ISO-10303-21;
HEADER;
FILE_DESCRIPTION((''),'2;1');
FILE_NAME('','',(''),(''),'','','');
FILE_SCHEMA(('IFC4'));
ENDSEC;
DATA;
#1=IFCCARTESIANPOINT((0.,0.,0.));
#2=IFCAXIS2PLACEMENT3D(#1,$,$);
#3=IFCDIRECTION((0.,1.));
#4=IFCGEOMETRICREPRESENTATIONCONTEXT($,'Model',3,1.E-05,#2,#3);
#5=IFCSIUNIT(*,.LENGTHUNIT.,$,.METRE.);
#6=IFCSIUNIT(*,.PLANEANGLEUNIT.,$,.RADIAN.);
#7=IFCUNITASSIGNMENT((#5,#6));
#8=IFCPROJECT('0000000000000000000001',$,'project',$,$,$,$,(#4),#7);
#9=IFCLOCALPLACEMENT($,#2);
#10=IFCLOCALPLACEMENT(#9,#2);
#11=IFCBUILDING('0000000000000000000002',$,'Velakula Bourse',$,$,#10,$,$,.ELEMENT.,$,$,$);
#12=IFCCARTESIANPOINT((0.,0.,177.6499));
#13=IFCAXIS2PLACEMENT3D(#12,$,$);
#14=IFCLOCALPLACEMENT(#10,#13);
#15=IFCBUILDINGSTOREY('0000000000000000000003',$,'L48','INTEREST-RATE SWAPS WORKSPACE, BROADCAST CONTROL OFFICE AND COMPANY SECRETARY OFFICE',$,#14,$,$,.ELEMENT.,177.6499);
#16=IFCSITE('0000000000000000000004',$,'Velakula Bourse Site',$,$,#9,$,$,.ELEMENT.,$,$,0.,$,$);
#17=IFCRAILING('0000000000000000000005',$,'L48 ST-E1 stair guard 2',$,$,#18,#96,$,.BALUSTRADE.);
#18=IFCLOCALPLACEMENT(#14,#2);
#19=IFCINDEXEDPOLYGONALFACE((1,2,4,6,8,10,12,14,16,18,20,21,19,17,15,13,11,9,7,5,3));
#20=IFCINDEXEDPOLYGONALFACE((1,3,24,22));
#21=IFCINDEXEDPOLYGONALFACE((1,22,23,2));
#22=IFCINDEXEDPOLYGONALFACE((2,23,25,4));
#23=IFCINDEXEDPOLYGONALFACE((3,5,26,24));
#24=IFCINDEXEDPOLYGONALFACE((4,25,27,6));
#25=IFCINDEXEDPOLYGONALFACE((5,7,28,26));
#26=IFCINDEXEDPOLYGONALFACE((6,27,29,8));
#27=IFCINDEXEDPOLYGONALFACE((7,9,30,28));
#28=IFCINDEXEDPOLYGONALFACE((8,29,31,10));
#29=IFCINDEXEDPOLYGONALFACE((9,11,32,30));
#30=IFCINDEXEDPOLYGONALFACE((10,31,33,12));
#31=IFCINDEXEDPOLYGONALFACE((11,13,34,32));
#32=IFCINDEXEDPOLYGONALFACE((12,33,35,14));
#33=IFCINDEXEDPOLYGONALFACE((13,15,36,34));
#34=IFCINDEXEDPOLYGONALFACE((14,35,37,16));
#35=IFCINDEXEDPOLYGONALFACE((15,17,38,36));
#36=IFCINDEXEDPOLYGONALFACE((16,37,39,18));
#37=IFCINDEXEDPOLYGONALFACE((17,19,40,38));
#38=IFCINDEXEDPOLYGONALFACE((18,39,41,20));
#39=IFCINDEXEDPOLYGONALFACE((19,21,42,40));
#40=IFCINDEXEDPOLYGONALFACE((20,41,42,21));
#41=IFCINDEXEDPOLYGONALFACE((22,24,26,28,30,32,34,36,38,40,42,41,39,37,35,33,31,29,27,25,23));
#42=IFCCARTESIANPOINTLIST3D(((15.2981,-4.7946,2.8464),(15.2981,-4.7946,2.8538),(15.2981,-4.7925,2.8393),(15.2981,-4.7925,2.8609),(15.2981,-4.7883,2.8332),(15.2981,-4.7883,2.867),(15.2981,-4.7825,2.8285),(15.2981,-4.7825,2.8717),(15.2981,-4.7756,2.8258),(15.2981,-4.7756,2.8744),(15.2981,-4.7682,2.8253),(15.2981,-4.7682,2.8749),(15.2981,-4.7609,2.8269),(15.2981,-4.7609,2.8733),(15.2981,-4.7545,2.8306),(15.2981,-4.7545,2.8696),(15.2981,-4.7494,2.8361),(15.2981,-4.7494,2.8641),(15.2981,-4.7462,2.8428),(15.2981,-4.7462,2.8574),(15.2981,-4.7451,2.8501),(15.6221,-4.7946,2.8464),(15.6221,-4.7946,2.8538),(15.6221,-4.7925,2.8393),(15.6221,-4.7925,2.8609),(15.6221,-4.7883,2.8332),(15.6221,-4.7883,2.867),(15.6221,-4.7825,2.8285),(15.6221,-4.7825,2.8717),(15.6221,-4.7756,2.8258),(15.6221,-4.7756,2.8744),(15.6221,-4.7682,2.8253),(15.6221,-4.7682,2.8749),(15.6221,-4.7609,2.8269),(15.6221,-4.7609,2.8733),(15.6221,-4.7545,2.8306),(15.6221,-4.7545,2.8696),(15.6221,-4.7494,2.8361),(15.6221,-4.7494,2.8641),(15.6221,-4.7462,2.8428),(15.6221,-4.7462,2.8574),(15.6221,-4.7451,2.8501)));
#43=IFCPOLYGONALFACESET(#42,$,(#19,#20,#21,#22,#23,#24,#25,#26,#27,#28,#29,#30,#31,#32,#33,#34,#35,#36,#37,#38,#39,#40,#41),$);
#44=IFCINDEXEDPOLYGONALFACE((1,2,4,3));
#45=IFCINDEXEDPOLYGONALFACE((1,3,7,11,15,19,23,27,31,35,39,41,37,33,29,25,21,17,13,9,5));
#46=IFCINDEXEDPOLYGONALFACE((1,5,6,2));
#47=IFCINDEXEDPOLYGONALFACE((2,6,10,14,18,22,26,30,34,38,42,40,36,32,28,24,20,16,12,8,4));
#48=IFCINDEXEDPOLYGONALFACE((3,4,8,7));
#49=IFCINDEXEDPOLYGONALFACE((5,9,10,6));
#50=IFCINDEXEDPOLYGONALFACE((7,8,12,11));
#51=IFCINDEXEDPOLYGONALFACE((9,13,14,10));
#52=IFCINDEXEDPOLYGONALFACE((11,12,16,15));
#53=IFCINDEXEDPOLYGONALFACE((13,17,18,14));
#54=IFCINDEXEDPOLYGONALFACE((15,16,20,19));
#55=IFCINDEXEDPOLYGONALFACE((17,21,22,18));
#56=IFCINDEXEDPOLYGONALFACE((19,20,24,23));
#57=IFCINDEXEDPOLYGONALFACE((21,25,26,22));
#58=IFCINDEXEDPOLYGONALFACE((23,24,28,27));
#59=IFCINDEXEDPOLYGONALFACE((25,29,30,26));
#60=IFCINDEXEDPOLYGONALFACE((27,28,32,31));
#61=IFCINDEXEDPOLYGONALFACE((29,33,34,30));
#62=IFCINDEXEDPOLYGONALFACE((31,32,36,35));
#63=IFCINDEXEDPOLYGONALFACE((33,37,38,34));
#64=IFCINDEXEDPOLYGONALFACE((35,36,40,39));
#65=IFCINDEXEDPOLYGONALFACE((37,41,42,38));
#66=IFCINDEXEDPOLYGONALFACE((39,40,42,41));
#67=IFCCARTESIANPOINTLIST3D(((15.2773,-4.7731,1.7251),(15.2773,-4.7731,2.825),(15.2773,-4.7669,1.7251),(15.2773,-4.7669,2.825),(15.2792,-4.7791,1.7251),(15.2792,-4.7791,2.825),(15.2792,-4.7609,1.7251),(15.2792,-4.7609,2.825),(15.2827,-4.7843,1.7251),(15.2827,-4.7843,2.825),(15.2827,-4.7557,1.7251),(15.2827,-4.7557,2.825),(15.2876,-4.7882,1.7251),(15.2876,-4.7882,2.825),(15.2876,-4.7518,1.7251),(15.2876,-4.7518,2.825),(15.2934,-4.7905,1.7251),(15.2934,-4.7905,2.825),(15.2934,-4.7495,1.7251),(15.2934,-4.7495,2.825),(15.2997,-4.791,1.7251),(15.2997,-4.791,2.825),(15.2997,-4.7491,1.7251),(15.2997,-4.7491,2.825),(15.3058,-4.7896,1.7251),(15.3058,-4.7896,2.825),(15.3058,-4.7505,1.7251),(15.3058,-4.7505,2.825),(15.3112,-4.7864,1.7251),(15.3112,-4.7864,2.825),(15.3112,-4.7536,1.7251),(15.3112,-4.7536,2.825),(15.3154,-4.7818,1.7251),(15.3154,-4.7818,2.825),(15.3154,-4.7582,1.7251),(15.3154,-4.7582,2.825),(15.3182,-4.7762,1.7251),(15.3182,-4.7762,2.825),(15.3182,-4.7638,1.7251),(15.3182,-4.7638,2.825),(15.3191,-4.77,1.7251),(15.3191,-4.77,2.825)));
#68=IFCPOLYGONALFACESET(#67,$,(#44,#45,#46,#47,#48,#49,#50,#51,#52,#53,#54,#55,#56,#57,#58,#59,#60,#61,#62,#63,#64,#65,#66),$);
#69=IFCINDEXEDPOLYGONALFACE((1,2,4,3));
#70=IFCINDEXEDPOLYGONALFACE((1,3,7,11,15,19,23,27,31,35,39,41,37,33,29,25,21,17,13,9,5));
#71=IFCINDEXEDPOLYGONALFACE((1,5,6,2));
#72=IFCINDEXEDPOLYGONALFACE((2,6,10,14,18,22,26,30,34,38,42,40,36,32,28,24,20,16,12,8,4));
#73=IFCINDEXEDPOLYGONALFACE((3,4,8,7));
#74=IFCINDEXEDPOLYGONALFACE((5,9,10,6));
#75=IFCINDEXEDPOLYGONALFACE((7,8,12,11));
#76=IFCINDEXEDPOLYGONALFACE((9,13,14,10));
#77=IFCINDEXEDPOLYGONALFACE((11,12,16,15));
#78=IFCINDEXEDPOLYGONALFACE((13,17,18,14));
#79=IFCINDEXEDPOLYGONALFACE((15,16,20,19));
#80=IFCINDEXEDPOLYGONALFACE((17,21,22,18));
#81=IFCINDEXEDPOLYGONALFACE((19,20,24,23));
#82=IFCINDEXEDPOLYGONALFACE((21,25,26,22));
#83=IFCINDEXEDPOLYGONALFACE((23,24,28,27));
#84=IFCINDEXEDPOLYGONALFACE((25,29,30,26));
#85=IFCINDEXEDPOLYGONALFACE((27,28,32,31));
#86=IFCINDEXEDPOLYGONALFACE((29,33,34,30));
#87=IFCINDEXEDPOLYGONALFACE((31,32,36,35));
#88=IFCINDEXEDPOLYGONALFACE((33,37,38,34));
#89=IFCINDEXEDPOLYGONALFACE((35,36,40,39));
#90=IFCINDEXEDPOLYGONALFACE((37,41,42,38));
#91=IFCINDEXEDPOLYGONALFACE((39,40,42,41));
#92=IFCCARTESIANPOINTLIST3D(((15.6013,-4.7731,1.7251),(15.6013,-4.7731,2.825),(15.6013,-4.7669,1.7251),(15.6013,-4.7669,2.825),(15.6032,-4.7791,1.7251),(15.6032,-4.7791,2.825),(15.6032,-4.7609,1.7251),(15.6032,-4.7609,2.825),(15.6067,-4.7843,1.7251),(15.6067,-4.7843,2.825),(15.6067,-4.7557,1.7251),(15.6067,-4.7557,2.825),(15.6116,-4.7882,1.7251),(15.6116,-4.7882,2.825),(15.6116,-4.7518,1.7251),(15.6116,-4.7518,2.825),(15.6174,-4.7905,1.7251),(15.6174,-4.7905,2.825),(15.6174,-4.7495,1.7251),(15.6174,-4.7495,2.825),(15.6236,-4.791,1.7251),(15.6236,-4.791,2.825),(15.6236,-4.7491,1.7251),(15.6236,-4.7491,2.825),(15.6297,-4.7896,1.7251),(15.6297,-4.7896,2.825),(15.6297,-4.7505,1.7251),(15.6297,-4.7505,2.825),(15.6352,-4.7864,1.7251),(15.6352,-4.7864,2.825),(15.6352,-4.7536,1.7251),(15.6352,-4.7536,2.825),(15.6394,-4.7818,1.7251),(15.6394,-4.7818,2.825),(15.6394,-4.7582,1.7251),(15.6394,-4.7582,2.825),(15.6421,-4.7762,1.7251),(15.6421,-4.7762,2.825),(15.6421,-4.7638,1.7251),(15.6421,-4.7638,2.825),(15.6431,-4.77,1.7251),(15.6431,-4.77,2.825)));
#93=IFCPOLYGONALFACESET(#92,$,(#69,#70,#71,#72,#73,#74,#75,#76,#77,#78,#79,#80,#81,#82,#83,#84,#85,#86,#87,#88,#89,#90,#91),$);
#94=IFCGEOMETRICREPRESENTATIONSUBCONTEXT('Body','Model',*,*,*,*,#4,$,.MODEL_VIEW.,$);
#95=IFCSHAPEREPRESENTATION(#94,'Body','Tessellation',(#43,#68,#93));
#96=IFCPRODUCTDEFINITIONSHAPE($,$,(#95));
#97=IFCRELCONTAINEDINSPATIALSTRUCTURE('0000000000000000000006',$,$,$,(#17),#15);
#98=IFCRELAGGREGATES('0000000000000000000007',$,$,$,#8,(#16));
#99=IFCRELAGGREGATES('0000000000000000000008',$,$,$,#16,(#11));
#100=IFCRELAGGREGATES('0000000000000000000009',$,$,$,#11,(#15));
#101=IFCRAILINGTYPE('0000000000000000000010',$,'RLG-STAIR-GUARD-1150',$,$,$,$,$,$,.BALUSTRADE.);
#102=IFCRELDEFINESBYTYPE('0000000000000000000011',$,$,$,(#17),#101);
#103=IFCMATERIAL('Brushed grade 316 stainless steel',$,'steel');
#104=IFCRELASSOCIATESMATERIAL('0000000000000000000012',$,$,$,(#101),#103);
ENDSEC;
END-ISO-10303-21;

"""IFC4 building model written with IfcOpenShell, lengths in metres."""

from ifc_helpers import new_model, si_unit, direction, frame, origin, origin_2d, place, context, subcontext, project, spatial, circle, extrude, material, type_object, element, save


model = new_model("IFC4")

# Units and contexts
model_context = context("Model", 3, precision=1e-05, world=origin(), true_north=direction((0.0, 1.0)))
body_context = subcontext(model_context, "Body", "Model", "MODEL_VIEW")
ifc_project = project(units=[si_unit("LENGTHUNIT", "METRE"), si_unit("PLANEANGLEUNIT", "RADIAN")], contexts=[model_context])

# Site, building, storey
site_placement = place(None, origin())
site = spatial("IfcSite", under=ifc_project, at=site_placement, Name="Velakula Bourse Site", CompositionType="ELEMENT", RefElevation=0.0)
building_placement = place(site_placement, origin())
building = spatial("IfcBuilding", under=site, at=building_placement, Name="Velakula Bourse", CompositionType="ELEMENT")
storey_placement = place(building_placement, frame((0.0, 0.0, 177.6499)))
storey = spatial("IfcBuildingStorey", under=building, at=storey_placement, Name="L48", Description="INTEREST-RATE SWAPS WORKSPACE, BROADCAST CONTROL OFFICE AND COMPANY SECRETARY OFFICE", CompositionType="ELEMENT", Elevation=177.6499)

# Shared definitions
ifc_material_1 = material(Name="Brushed grade 316 stainless steel", Category="steel")

# Railing
railing_type_1 = type_object("IfcRailingType", Name="RLG-STAIR-GUARD-1150", PredefinedType="BALUSTRADE", material=ifc_material_1)
railing_1_placement = place(storey_placement, frame((15.2981, -4.77, 1.7251)))
element("IfcRailing", 1, at=railing_1_placement, inside=storey, type_object=railing_type_1, Name="L48 ST-E1 stair guard 2", PredefinedType="BALUSTRADE", context=body_context, shape_type="SweptSolid", body=[
    extrude(circle(Radius=0.0249, at=origin_2d()), frame((0.0, 0.0, 1.125), z_axis=(1.0, 0.0, 0.0), x_axis=(0.0, 1.0, 0.0)), (0.0, 0.0, 1.0), 0.324),
    extrude(circle(Radius=0.021, at=origin_2d()), origin(), (0.0, 0.0, 1.0), 1.0999),
    extrude(circle(Radius=0.021, at=origin_2d()), frame((0.324, 0.0, 0.0)), (0.0, 0.0, 1.0), 1.0999),
])

save(model, "model.ifc")
